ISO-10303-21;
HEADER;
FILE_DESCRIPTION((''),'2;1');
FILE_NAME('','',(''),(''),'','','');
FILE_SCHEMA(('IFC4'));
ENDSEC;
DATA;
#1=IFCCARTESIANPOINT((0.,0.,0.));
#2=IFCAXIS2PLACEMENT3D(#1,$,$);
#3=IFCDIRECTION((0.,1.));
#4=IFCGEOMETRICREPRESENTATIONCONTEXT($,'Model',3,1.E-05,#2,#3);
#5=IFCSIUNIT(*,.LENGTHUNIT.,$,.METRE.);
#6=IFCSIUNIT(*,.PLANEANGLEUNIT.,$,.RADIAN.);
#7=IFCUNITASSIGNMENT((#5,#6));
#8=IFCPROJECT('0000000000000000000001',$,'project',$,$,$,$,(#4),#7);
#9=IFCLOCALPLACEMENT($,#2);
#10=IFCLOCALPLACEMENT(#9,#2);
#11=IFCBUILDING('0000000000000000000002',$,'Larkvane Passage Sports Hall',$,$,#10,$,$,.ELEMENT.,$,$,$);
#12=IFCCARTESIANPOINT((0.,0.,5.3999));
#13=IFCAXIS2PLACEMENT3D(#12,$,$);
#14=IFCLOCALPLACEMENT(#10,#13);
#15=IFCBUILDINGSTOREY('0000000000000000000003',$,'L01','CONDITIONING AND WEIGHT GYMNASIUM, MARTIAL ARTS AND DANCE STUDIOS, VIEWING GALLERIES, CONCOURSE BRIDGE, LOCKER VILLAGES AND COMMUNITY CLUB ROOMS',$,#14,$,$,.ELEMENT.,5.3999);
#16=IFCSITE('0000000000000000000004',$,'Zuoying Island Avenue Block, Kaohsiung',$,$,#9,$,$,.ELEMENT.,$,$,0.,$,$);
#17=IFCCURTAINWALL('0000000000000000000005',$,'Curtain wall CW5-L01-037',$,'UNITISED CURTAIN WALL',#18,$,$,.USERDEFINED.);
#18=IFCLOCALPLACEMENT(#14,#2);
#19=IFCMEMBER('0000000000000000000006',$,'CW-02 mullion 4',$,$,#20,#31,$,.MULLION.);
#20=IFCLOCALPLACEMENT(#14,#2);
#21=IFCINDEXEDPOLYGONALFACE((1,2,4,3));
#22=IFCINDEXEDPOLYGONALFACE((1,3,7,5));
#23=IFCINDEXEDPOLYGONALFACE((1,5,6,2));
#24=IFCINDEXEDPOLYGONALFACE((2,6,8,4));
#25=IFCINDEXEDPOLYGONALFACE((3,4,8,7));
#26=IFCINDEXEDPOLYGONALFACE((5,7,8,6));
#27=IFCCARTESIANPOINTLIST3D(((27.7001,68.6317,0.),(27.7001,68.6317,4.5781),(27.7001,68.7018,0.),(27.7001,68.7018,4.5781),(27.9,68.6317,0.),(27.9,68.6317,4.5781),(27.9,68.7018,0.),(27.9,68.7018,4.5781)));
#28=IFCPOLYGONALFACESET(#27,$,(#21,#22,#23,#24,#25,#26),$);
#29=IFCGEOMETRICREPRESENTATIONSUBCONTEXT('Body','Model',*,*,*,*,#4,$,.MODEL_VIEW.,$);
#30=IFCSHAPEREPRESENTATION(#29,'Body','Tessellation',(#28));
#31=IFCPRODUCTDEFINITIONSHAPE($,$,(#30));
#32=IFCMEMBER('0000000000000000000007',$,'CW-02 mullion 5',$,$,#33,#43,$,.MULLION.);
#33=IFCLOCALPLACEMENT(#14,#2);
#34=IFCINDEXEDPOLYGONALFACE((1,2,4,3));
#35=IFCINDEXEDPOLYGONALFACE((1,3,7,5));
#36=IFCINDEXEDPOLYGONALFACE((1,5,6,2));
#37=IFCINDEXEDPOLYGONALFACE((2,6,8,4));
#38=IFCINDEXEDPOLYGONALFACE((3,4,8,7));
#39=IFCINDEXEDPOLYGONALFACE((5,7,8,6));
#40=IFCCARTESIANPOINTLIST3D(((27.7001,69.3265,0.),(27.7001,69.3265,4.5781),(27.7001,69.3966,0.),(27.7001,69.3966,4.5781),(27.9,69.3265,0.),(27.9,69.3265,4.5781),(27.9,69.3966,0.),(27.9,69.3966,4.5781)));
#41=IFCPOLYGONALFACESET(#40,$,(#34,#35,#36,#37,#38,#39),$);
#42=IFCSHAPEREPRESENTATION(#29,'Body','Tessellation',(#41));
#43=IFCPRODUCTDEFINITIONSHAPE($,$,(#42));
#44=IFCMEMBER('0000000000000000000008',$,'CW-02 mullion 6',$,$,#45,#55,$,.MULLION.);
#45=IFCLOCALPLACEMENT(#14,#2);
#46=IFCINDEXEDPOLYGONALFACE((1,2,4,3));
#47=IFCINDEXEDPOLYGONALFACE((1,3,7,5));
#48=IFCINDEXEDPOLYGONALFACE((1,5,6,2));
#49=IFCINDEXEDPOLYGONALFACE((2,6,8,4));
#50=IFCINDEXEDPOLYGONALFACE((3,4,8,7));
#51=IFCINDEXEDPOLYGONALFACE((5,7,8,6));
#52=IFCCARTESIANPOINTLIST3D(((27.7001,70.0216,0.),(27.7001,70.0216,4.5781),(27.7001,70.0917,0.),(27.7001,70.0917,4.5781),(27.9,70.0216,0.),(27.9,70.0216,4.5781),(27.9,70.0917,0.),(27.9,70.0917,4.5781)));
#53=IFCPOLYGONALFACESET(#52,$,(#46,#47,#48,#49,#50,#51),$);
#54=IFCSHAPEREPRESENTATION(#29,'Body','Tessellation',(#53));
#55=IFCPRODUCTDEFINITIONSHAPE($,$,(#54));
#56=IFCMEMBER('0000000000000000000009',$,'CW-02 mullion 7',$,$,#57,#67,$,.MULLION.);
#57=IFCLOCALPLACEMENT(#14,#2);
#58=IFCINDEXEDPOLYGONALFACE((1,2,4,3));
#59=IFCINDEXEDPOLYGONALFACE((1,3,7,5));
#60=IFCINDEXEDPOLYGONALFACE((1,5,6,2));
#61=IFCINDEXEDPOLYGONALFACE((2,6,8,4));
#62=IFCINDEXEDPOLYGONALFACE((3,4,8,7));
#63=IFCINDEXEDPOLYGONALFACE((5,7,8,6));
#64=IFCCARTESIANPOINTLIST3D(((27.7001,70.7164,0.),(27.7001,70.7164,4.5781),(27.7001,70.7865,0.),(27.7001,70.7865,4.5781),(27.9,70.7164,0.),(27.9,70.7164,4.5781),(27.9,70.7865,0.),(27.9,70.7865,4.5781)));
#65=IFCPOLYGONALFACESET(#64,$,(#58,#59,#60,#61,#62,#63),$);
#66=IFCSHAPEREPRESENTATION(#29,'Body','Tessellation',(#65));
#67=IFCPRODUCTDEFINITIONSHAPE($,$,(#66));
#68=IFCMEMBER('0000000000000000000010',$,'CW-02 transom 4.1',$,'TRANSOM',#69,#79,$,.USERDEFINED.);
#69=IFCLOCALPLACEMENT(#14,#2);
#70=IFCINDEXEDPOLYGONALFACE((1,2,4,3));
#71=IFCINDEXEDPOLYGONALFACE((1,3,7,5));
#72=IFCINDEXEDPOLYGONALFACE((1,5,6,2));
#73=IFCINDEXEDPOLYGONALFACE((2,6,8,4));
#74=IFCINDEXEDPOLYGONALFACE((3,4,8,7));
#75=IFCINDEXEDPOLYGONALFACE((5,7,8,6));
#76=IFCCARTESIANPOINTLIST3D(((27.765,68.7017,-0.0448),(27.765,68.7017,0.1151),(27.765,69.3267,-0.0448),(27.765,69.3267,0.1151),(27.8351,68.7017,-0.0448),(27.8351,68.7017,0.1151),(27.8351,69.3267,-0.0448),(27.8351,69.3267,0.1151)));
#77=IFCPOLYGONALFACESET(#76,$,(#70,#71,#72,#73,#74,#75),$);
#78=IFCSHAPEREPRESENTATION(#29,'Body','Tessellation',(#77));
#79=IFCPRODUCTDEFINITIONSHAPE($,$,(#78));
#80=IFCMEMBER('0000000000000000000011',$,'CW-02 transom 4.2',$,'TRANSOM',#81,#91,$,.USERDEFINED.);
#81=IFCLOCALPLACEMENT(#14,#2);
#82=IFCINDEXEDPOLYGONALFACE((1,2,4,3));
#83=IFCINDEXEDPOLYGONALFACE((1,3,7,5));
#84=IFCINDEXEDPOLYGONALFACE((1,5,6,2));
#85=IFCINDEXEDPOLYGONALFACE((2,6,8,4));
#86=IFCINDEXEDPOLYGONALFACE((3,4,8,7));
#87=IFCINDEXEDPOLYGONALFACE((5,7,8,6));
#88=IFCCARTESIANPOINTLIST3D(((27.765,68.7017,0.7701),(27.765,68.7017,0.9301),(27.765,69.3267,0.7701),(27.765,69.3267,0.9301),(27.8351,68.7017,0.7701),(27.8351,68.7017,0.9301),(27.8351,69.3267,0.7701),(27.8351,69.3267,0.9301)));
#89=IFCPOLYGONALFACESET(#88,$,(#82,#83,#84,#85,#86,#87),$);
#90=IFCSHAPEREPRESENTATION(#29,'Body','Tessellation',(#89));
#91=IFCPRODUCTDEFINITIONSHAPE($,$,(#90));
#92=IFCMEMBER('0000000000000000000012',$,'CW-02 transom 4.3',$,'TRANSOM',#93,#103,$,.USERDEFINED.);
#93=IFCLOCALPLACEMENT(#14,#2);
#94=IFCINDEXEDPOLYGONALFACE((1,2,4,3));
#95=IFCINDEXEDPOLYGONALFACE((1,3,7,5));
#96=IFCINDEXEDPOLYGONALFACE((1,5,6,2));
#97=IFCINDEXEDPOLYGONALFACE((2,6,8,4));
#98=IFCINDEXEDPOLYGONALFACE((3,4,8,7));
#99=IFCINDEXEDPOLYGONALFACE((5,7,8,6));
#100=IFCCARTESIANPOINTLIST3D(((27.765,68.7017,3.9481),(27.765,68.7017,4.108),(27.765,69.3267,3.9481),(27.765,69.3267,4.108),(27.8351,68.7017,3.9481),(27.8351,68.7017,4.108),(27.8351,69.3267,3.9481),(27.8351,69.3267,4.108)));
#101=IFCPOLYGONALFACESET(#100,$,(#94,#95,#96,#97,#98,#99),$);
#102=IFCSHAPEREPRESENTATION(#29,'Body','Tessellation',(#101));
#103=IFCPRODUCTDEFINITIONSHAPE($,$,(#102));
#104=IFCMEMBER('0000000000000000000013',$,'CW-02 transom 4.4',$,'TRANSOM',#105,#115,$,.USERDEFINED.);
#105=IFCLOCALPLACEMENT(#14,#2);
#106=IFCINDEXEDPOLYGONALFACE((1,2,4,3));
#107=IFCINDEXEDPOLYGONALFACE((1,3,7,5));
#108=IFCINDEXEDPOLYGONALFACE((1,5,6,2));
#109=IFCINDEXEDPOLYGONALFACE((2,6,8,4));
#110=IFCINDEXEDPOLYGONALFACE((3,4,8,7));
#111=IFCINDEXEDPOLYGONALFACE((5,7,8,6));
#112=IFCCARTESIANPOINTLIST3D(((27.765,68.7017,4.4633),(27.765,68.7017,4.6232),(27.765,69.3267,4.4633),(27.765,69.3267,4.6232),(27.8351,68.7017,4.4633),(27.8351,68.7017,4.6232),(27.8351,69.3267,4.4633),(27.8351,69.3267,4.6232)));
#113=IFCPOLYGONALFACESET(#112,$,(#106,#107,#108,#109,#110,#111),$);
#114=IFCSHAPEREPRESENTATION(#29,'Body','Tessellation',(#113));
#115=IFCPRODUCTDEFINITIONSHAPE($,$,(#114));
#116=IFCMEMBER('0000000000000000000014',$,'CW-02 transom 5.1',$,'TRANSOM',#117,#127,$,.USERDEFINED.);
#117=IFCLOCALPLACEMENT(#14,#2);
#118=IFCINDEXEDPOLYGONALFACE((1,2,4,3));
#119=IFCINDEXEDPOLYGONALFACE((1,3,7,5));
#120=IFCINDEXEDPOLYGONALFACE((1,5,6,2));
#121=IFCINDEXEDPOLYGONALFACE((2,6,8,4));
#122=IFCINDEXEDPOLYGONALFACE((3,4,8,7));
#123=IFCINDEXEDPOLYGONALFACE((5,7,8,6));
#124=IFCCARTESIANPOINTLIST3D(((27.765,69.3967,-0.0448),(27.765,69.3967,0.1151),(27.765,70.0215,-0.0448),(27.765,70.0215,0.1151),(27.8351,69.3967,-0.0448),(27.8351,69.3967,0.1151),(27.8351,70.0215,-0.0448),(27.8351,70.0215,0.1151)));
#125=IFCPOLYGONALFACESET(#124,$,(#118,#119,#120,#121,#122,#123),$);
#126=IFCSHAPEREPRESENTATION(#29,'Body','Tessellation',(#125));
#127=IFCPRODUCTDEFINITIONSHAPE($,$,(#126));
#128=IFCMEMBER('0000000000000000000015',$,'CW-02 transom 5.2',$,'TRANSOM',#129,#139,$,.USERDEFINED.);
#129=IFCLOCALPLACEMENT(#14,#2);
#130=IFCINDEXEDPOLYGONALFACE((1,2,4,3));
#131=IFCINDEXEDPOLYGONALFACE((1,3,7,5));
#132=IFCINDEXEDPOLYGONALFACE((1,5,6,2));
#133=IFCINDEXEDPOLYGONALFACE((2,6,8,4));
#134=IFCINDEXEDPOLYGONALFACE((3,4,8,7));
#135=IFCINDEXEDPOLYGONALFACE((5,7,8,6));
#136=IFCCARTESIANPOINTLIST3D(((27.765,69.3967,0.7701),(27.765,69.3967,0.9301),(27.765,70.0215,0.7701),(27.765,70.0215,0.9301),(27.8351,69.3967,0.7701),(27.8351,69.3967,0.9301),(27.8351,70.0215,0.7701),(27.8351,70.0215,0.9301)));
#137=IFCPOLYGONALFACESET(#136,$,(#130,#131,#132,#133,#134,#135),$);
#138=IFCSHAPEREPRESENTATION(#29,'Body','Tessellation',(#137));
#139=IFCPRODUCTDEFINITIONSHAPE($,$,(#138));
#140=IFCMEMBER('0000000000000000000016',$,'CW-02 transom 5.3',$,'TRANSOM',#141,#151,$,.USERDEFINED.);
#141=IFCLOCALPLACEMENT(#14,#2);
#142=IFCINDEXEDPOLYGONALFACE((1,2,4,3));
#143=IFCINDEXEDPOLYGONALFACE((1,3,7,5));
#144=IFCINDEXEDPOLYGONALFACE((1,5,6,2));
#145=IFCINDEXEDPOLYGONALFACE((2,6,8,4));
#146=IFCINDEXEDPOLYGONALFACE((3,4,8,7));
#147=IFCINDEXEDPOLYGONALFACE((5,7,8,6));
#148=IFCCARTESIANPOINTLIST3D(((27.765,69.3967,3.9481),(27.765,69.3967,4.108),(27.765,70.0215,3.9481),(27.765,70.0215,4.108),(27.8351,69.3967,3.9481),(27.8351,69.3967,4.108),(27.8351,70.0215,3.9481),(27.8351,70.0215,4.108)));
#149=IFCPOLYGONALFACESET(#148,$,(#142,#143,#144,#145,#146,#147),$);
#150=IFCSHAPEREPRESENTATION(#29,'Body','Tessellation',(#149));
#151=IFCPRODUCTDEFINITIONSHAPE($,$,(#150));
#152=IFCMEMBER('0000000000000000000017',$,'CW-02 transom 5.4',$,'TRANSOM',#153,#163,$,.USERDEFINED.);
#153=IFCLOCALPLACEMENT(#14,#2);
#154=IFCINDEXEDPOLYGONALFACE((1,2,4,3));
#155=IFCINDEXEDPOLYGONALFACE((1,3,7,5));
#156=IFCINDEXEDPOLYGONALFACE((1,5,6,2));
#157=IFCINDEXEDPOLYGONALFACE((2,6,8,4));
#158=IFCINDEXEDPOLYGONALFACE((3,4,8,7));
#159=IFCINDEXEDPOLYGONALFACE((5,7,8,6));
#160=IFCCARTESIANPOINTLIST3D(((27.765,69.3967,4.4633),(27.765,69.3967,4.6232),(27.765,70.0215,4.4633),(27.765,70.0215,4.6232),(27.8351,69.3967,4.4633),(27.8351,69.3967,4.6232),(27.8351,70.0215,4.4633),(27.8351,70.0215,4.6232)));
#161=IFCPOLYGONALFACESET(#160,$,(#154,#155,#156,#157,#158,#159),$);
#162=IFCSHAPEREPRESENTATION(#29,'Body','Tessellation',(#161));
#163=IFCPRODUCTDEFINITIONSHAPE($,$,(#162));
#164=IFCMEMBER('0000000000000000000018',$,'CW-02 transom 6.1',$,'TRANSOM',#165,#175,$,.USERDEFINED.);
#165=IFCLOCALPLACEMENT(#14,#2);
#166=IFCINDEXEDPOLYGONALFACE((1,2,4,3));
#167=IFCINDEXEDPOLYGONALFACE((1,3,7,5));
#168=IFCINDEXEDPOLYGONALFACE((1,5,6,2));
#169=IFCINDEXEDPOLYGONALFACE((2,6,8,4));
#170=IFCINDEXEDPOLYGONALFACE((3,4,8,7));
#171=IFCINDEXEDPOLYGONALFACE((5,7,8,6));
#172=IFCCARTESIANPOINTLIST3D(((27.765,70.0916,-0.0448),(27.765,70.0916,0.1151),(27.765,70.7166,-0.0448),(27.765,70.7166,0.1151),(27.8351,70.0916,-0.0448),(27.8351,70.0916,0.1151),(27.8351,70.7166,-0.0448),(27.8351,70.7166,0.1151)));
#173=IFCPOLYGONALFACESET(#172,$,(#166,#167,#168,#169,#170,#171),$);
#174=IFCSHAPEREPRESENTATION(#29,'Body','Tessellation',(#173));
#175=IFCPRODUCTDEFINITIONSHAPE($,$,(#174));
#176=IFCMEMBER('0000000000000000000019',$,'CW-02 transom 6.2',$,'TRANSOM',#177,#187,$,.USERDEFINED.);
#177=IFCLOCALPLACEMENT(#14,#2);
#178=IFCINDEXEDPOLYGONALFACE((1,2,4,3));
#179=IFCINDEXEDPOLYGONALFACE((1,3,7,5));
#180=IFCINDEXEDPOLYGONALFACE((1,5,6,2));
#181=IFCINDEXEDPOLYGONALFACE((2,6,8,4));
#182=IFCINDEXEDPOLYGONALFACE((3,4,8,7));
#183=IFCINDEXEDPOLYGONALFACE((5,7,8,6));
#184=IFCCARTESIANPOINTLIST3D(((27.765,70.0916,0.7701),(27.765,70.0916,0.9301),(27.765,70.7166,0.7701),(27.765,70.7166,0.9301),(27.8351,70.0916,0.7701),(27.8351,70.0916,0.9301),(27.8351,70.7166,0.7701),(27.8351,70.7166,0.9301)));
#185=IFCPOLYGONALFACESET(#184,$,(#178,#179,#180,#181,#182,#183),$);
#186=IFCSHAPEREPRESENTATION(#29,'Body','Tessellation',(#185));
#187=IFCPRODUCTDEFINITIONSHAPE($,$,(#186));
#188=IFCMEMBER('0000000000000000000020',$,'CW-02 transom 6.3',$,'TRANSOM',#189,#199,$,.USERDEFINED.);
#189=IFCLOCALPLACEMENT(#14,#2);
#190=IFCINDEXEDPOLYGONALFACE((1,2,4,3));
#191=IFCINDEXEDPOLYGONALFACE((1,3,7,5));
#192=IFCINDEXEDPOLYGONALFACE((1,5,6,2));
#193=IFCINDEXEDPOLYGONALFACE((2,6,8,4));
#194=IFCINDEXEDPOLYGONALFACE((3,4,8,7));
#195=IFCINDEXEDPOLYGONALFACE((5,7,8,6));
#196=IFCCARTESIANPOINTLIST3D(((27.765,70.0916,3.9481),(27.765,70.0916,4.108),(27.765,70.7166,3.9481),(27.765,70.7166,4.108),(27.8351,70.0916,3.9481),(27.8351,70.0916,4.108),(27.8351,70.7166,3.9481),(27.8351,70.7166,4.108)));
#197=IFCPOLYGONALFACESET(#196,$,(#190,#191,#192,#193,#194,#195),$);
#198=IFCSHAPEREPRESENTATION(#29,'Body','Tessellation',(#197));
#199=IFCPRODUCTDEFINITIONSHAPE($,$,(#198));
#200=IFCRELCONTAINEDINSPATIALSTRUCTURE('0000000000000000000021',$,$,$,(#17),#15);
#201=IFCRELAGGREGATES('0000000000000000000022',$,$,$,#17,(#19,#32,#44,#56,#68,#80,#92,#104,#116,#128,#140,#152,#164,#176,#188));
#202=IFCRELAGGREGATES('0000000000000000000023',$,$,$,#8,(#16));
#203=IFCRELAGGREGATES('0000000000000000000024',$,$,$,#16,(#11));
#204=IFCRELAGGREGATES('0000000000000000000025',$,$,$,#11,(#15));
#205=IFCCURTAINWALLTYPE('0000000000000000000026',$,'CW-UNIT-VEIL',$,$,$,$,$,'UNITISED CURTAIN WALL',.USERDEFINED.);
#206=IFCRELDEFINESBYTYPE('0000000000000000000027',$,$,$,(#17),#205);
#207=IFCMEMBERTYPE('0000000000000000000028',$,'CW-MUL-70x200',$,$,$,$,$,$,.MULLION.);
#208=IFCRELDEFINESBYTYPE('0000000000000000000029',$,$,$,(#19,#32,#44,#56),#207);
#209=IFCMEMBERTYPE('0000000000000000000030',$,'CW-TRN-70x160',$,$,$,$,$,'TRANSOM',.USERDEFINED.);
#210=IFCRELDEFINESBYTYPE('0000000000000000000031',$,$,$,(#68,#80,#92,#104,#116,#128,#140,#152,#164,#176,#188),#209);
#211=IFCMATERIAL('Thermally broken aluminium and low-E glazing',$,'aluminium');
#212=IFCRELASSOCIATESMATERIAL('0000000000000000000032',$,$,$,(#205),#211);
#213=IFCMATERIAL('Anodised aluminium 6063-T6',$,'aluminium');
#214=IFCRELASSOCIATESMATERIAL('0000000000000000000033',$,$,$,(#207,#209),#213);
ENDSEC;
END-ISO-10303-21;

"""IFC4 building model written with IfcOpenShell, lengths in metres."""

from ifc_helpers import new_model, si_unit, direction, frame, origin, origin_2d, place, context, subcontext, project, spatial, rectangle, extrude, material, material_profile, profile_set, type_object, element, aggregate, save


model = new_model("IFC4")

# Units and contexts
model_context = context("Model", 3, precision=1e-05, world=origin(), true_north=direction((0.0, 1.0)))
body_context = subcontext(model_context, "Body", "Model", "MODEL_VIEW")
ifc_project = project(units=[si_unit("LENGTHUNIT", "METRE"), si_unit("PLANEANGLEUNIT", "RADIAN")], contexts=[model_context])

# Site, building, storey
site_placement = place(None, origin())
site = spatial("IfcSite", under=ifc_project, at=site_placement, Name="Zuoying Island Avenue Block, Kaohsiung", CompositionType="ELEMENT", RefElevation=0.0)
building_placement = place(site_placement, origin())
building = spatial("IfcBuilding", under=site, at=building_placement, Name="Larkvane Passage Sports Hall", CompositionType="ELEMENT")
storey_placement = place(building_placement, frame((0.0, 0.0, 5.3999)))
storey = spatial("IfcBuildingStorey", under=building, at=storey_placement, Name="L01", Description="CONDITIONING AND WEIGHT GYMNASIUM, MARTIAL ARTS AND DANCE STUDIOS, VIEWING GALLERIES, CONCOURSE BRIDGE, LOCKER VILLAGES AND COMMUNITY CLUB ROOMS", CompositionType="ELEMENT", Elevation=5.3999)

# Curtain wall, members
ifc_material_1 = material(Name="Thermally broken aluminium and low-E glazing", Category="aluminium")
curtain_wall_type = type_object("IfcCurtainWallType", Name="CW-UNIT-VEIL", ElementType="UNITISED CURTAIN WALL", PredefinedType="USERDEFINED", material=ifc_material_1)
curtain_wall_placement = place(storey_placement, origin())
curtain_wall = element("IfcCurtainWall", 1, at=curtain_wall_placement, inside=storey, type_object=curtain_wall_type, Name="Curtain wall CW5-L01-037", ObjectType="UNITISED CURTAIN WALL", PredefinedType="USERDEFINED")
ifc_material_2 = material(Name="Anodised aluminium 6063-T6", Category="aluminium")
ifc_material_profile_1 = material_profile(ifc_material_2, rectangle(XDim=0.0701, YDim=0.2, at=origin_2d()), Name="ALU-MUL-70x200")
ifc_profile_set_1 = profile_set([ifc_material_profile_1], Name="Anodised aluminium 6063-T6")
member_type_1 = type_object("IfcMemberType", Name="CW-MUL-70x200", PredefinedType="MULLION", material=ifc_profile_set_1)
member_1_placement = place(storey_placement, frame((27.8, 68.6667, 0.0), z_axis=(0.0, 0.0, 1.0), x_axis=(0.0, 1.0, 0.0)))
member_1 = element("IfcMember", 2, at=member_1_placement, type_object=member_type_1, Name="CW-02 mullion 4", PredefinedType="MULLION", context=body_context, shape_type="SweptSolid", body=[
    extrude(rectangle(XDim=0.0701, YDim=0.2, at=origin_2d()), origin(), (0.0, 0.0, 1.0), 4.5781),
])
member_2_placement = place(storey_placement, frame((27.8, 69.3616, 0.0), z_axis=(0.0, 0.0, 1.0), x_axis=(0.0, 1.0, 0.0)))
member_2 = element("IfcMember", 3, at=member_2_placement, type_object=member_type_1, Name="CW-02 mullion 5", PredefinedType="MULLION", context=body_context, shape_type="SweptSolid", body=[
    extrude(rectangle(XDim=0.0701, YDim=0.2, at=origin_2d()), origin(), (0.0, 0.0, 1.0), 4.5781),
])
member_3_placement = place(storey_placement, frame((27.8, 70.0566, 0.0), z_axis=(0.0, 0.0, 1.0), x_axis=(0.0, 1.0, 0.0)))
member_3 = element("IfcMember", 4, at=member_3_placement, type_object=member_type_1, Name="CW-02 mullion 6", PredefinedType="MULLION", context=body_context, shape_type="SweptSolid", body=[
    extrude(rectangle(XDim=0.0701, YDim=0.2, at=origin_2d()), origin(), (0.0, 0.0, 1.0), 4.5781),
])
member_4_placement = place(storey_placement, frame((27.8, 70.7515, 0.0), z_axis=(0.0, 0.0, 1.0), x_axis=(0.0, 1.0, 0.0)))
member_4 = element("IfcMember", 5, at=member_4_placement, type_object=member_type_1, Name="CW-02 mullion 7", PredefinedType="MULLION", context=body_context, shape_type="SweptSolid", body=[
    extrude(rectangle(XDim=0.0701, YDim=0.2, at=origin_2d()), origin(), (0.0, 0.0, 1.0), 4.5781),
])
ifc_material_profile_2 = material_profile(ifc_material_2, rectangle(XDim=0.0701, YDim=0.1599, at=origin_2d()), Name="ALU-TRN-70x160")
ifc_profile_set_2 = profile_set([ifc_material_profile_2], Name="Anodised aluminium 6063-T6")
member_type_2 = type_object("IfcMemberType", Name="CW-TRN-70x160", ElementType="TRANSOM", PredefinedType="USERDEFINED", material=ifc_profile_set_2)
member_5_placement = place(storey_placement, frame((27.8, 68.7017, 0.0352), z_axis=(0.0, 1.0, 0.0), x_axis=(-1.0, 0.0, 0.0)))
member_5 = element("IfcMember", 6, at=member_5_placement, type_object=member_type_2, Name="CW-02 transom 4.1", ObjectType="TRANSOM", PredefinedType="USERDEFINED", context=body_context, shape_type="SweptSolid", body=[
    extrude(rectangle(XDim=0.0701, YDim=0.1599, at=origin_2d()), origin(), (0.0, 0.0, 1.0), 0.625),
])
member_6_placement = place(storey_placement, frame((27.8, 68.7017, 0.8501), z_axis=(0.0, 1.0, 0.0), x_axis=(-1.0, 0.0, 0.0)))
member_6 = element("IfcMember", 7, at=member_6_placement, type_object=member_type_2, Name="CW-02 transom 4.2", ObjectType="TRANSOM", PredefinedType="USERDEFINED", context=body_context, shape_type="SweptSolid", body=[
    extrude(rectangle(XDim=0.0701, YDim=0.1599, at=origin_2d()), origin(), (0.0, 0.0, 1.0), 0.625),
])
member_7_placement = place(storey_placement, frame((27.8, 68.7017, 4.0281), z_axis=(0.0, 1.0, 0.0), x_axis=(-1.0, 0.0, 0.0)))
member_7 = element("IfcMember", 8, at=member_7_placement, type_object=member_type_2, Name="CW-02 transom 4.3", ObjectType="TRANSOM", PredefinedType="USERDEFINED", context=body_context, shape_type="SweptSolid", body=[
    extrude(rectangle(XDim=0.0701, YDim=0.1599, at=origin_2d()), origin(), (0.0, 0.0, 1.0), 0.625),
])
member_8_placement = place(storey_placement, frame((27.8, 68.7017, 4.5432), z_axis=(0.0, 1.0, 0.0), x_axis=(-1.0, 0.0, 0.0)))
member_8 = element("IfcMember", 9, at=member_8_placement, type_object=member_type_2, Name="CW-02 transom 4.4", ObjectType="TRANSOM", PredefinedType="USERDEFINED", context=body_context, shape_type="SweptSolid", body=[
    extrude(rectangle(XDim=0.0701, YDim=0.1599, at=origin_2d()), origin(), (0.0, 0.0, 1.0), 0.625),
])
member_9_placement = place(storey_placement, frame((27.8, 69.3967, 0.0352), z_axis=(0.0, 1.0, 0.0), x_axis=(-1.0, 0.0, 0.0)))
member_9 = element("IfcMember", 10, at=member_9_placement, type_object=member_type_2, Name="CW-02 transom 5.1", ObjectType="TRANSOM", PredefinedType="USERDEFINED", context=body_context, shape_type="SweptSolid", body=[
    extrude(rectangle(XDim=0.0701, YDim=0.1599, at=origin_2d()), origin(), (0.0, 0.0, 1.0), 0.6248),
])
member_10_placement = place(storey_placement, frame((27.8, 69.3967, 0.8501), z_axis=(0.0, 1.0, 0.0), x_axis=(-1.0, 0.0, 0.0)))
member_10 = element("IfcMember", 11, at=member_10_placement, type_object=member_type_2, Name="CW-02 transom 5.2", ObjectType="TRANSOM", PredefinedType="USERDEFINED", context=body_context, shape_type="SweptSolid", body=[
    extrude(rectangle(XDim=0.0701, YDim=0.1599, at=origin_2d()), origin(), (0.0, 0.0, 1.0), 0.6248),
])
member_11_placement = place(storey_placement, frame((27.8, 69.3967, 4.0281), z_axis=(0.0, 1.0, 0.0), x_axis=(-1.0, 0.0, 0.0)))
member_11 = element("IfcMember", 12, at=member_11_placement, type_object=member_type_2, Name="CW-02 transom 5.3", ObjectType="TRANSOM", PredefinedType="USERDEFINED", context=body_context, shape_type="SweptSolid", body=[
    extrude(rectangle(XDim=0.0701, YDim=0.1599, at=origin_2d()), origin(), (0.0, 0.0, 1.0), 0.6248),
])
member_12_placement = place(storey_placement, frame((27.8, 69.3967, 4.5432), z_axis=(0.0, 1.0, 0.0), x_axis=(-1.0, 0.0, 0.0)))
member_12 = element("IfcMember", 13, at=member_12_placement, type_object=member_type_2, Name="CW-02 transom 5.4", ObjectType="TRANSOM", PredefinedType="USERDEFINED", context=body_context, shape_type="SweptSolid", body=[
    extrude(rectangle(XDim=0.0701, YDim=0.1599, at=origin_2d()), origin(), (0.0, 0.0, 1.0), 0.6248),
])
member_13_placement = place(storey_placement, frame((27.8, 70.0916, 0.0352), z_axis=(0.0, 1.0, 0.0), x_axis=(-1.0, 0.0, 0.0)))
member_13 = element("IfcMember", 14, at=member_13_placement, type_object=member_type_2, Name="CW-02 transom 6.1", ObjectType="TRANSOM", PredefinedType="USERDEFINED", context=body_context, shape_type="SweptSolid", body=[
    extrude(rectangle(XDim=0.0701, YDim=0.1599, at=origin_2d()), origin(), (0.0, 0.0, 1.0), 0.625),
])
member_14_placement = place(storey_placement, frame((27.8, 70.0916, 0.8501), z_axis=(0.0, 1.0, 0.0), x_axis=(-1.0, 0.0, 0.0)))
member_14 = element("IfcMember", 15, at=member_14_placement, type_object=member_type_2, Name="CW-02 transom 6.2", ObjectType="TRANSOM", PredefinedType="USERDEFINED", context=body_context, shape_type="SweptSolid", body=[
    extrude(rectangle(XDim=0.0701, YDim=0.1599, at=origin_2d()), origin(), (0.0, 0.0, 1.0), 0.625),
])
member_15_placement = place(storey_placement, frame((27.8, 70.0916, 4.0281), z_axis=(0.0, 1.0, 0.0), x_axis=(-1.0, 0.0, 0.0)))
member_15 = element("IfcMember", 16, at=member_15_placement, type_object=member_type_2, Name="CW-02 transom 6.3", ObjectType="TRANSOM", PredefinedType="USERDEFINED", context=body_context, shape_type="SweptSolid", body=[
    extrude(rectangle(XDim=0.0701, YDim=0.1599, at=origin_2d()), origin(), (0.0, 0.0, 1.0), 0.625),
])
aggregate(curtain_wall, [member_1, member_2, member_3, member_4, member_5, member_6, member_7, member_8, member_9, member_10, member_11, member_12, member_13, member_14, member_15])

save(model, "model.ifc")
